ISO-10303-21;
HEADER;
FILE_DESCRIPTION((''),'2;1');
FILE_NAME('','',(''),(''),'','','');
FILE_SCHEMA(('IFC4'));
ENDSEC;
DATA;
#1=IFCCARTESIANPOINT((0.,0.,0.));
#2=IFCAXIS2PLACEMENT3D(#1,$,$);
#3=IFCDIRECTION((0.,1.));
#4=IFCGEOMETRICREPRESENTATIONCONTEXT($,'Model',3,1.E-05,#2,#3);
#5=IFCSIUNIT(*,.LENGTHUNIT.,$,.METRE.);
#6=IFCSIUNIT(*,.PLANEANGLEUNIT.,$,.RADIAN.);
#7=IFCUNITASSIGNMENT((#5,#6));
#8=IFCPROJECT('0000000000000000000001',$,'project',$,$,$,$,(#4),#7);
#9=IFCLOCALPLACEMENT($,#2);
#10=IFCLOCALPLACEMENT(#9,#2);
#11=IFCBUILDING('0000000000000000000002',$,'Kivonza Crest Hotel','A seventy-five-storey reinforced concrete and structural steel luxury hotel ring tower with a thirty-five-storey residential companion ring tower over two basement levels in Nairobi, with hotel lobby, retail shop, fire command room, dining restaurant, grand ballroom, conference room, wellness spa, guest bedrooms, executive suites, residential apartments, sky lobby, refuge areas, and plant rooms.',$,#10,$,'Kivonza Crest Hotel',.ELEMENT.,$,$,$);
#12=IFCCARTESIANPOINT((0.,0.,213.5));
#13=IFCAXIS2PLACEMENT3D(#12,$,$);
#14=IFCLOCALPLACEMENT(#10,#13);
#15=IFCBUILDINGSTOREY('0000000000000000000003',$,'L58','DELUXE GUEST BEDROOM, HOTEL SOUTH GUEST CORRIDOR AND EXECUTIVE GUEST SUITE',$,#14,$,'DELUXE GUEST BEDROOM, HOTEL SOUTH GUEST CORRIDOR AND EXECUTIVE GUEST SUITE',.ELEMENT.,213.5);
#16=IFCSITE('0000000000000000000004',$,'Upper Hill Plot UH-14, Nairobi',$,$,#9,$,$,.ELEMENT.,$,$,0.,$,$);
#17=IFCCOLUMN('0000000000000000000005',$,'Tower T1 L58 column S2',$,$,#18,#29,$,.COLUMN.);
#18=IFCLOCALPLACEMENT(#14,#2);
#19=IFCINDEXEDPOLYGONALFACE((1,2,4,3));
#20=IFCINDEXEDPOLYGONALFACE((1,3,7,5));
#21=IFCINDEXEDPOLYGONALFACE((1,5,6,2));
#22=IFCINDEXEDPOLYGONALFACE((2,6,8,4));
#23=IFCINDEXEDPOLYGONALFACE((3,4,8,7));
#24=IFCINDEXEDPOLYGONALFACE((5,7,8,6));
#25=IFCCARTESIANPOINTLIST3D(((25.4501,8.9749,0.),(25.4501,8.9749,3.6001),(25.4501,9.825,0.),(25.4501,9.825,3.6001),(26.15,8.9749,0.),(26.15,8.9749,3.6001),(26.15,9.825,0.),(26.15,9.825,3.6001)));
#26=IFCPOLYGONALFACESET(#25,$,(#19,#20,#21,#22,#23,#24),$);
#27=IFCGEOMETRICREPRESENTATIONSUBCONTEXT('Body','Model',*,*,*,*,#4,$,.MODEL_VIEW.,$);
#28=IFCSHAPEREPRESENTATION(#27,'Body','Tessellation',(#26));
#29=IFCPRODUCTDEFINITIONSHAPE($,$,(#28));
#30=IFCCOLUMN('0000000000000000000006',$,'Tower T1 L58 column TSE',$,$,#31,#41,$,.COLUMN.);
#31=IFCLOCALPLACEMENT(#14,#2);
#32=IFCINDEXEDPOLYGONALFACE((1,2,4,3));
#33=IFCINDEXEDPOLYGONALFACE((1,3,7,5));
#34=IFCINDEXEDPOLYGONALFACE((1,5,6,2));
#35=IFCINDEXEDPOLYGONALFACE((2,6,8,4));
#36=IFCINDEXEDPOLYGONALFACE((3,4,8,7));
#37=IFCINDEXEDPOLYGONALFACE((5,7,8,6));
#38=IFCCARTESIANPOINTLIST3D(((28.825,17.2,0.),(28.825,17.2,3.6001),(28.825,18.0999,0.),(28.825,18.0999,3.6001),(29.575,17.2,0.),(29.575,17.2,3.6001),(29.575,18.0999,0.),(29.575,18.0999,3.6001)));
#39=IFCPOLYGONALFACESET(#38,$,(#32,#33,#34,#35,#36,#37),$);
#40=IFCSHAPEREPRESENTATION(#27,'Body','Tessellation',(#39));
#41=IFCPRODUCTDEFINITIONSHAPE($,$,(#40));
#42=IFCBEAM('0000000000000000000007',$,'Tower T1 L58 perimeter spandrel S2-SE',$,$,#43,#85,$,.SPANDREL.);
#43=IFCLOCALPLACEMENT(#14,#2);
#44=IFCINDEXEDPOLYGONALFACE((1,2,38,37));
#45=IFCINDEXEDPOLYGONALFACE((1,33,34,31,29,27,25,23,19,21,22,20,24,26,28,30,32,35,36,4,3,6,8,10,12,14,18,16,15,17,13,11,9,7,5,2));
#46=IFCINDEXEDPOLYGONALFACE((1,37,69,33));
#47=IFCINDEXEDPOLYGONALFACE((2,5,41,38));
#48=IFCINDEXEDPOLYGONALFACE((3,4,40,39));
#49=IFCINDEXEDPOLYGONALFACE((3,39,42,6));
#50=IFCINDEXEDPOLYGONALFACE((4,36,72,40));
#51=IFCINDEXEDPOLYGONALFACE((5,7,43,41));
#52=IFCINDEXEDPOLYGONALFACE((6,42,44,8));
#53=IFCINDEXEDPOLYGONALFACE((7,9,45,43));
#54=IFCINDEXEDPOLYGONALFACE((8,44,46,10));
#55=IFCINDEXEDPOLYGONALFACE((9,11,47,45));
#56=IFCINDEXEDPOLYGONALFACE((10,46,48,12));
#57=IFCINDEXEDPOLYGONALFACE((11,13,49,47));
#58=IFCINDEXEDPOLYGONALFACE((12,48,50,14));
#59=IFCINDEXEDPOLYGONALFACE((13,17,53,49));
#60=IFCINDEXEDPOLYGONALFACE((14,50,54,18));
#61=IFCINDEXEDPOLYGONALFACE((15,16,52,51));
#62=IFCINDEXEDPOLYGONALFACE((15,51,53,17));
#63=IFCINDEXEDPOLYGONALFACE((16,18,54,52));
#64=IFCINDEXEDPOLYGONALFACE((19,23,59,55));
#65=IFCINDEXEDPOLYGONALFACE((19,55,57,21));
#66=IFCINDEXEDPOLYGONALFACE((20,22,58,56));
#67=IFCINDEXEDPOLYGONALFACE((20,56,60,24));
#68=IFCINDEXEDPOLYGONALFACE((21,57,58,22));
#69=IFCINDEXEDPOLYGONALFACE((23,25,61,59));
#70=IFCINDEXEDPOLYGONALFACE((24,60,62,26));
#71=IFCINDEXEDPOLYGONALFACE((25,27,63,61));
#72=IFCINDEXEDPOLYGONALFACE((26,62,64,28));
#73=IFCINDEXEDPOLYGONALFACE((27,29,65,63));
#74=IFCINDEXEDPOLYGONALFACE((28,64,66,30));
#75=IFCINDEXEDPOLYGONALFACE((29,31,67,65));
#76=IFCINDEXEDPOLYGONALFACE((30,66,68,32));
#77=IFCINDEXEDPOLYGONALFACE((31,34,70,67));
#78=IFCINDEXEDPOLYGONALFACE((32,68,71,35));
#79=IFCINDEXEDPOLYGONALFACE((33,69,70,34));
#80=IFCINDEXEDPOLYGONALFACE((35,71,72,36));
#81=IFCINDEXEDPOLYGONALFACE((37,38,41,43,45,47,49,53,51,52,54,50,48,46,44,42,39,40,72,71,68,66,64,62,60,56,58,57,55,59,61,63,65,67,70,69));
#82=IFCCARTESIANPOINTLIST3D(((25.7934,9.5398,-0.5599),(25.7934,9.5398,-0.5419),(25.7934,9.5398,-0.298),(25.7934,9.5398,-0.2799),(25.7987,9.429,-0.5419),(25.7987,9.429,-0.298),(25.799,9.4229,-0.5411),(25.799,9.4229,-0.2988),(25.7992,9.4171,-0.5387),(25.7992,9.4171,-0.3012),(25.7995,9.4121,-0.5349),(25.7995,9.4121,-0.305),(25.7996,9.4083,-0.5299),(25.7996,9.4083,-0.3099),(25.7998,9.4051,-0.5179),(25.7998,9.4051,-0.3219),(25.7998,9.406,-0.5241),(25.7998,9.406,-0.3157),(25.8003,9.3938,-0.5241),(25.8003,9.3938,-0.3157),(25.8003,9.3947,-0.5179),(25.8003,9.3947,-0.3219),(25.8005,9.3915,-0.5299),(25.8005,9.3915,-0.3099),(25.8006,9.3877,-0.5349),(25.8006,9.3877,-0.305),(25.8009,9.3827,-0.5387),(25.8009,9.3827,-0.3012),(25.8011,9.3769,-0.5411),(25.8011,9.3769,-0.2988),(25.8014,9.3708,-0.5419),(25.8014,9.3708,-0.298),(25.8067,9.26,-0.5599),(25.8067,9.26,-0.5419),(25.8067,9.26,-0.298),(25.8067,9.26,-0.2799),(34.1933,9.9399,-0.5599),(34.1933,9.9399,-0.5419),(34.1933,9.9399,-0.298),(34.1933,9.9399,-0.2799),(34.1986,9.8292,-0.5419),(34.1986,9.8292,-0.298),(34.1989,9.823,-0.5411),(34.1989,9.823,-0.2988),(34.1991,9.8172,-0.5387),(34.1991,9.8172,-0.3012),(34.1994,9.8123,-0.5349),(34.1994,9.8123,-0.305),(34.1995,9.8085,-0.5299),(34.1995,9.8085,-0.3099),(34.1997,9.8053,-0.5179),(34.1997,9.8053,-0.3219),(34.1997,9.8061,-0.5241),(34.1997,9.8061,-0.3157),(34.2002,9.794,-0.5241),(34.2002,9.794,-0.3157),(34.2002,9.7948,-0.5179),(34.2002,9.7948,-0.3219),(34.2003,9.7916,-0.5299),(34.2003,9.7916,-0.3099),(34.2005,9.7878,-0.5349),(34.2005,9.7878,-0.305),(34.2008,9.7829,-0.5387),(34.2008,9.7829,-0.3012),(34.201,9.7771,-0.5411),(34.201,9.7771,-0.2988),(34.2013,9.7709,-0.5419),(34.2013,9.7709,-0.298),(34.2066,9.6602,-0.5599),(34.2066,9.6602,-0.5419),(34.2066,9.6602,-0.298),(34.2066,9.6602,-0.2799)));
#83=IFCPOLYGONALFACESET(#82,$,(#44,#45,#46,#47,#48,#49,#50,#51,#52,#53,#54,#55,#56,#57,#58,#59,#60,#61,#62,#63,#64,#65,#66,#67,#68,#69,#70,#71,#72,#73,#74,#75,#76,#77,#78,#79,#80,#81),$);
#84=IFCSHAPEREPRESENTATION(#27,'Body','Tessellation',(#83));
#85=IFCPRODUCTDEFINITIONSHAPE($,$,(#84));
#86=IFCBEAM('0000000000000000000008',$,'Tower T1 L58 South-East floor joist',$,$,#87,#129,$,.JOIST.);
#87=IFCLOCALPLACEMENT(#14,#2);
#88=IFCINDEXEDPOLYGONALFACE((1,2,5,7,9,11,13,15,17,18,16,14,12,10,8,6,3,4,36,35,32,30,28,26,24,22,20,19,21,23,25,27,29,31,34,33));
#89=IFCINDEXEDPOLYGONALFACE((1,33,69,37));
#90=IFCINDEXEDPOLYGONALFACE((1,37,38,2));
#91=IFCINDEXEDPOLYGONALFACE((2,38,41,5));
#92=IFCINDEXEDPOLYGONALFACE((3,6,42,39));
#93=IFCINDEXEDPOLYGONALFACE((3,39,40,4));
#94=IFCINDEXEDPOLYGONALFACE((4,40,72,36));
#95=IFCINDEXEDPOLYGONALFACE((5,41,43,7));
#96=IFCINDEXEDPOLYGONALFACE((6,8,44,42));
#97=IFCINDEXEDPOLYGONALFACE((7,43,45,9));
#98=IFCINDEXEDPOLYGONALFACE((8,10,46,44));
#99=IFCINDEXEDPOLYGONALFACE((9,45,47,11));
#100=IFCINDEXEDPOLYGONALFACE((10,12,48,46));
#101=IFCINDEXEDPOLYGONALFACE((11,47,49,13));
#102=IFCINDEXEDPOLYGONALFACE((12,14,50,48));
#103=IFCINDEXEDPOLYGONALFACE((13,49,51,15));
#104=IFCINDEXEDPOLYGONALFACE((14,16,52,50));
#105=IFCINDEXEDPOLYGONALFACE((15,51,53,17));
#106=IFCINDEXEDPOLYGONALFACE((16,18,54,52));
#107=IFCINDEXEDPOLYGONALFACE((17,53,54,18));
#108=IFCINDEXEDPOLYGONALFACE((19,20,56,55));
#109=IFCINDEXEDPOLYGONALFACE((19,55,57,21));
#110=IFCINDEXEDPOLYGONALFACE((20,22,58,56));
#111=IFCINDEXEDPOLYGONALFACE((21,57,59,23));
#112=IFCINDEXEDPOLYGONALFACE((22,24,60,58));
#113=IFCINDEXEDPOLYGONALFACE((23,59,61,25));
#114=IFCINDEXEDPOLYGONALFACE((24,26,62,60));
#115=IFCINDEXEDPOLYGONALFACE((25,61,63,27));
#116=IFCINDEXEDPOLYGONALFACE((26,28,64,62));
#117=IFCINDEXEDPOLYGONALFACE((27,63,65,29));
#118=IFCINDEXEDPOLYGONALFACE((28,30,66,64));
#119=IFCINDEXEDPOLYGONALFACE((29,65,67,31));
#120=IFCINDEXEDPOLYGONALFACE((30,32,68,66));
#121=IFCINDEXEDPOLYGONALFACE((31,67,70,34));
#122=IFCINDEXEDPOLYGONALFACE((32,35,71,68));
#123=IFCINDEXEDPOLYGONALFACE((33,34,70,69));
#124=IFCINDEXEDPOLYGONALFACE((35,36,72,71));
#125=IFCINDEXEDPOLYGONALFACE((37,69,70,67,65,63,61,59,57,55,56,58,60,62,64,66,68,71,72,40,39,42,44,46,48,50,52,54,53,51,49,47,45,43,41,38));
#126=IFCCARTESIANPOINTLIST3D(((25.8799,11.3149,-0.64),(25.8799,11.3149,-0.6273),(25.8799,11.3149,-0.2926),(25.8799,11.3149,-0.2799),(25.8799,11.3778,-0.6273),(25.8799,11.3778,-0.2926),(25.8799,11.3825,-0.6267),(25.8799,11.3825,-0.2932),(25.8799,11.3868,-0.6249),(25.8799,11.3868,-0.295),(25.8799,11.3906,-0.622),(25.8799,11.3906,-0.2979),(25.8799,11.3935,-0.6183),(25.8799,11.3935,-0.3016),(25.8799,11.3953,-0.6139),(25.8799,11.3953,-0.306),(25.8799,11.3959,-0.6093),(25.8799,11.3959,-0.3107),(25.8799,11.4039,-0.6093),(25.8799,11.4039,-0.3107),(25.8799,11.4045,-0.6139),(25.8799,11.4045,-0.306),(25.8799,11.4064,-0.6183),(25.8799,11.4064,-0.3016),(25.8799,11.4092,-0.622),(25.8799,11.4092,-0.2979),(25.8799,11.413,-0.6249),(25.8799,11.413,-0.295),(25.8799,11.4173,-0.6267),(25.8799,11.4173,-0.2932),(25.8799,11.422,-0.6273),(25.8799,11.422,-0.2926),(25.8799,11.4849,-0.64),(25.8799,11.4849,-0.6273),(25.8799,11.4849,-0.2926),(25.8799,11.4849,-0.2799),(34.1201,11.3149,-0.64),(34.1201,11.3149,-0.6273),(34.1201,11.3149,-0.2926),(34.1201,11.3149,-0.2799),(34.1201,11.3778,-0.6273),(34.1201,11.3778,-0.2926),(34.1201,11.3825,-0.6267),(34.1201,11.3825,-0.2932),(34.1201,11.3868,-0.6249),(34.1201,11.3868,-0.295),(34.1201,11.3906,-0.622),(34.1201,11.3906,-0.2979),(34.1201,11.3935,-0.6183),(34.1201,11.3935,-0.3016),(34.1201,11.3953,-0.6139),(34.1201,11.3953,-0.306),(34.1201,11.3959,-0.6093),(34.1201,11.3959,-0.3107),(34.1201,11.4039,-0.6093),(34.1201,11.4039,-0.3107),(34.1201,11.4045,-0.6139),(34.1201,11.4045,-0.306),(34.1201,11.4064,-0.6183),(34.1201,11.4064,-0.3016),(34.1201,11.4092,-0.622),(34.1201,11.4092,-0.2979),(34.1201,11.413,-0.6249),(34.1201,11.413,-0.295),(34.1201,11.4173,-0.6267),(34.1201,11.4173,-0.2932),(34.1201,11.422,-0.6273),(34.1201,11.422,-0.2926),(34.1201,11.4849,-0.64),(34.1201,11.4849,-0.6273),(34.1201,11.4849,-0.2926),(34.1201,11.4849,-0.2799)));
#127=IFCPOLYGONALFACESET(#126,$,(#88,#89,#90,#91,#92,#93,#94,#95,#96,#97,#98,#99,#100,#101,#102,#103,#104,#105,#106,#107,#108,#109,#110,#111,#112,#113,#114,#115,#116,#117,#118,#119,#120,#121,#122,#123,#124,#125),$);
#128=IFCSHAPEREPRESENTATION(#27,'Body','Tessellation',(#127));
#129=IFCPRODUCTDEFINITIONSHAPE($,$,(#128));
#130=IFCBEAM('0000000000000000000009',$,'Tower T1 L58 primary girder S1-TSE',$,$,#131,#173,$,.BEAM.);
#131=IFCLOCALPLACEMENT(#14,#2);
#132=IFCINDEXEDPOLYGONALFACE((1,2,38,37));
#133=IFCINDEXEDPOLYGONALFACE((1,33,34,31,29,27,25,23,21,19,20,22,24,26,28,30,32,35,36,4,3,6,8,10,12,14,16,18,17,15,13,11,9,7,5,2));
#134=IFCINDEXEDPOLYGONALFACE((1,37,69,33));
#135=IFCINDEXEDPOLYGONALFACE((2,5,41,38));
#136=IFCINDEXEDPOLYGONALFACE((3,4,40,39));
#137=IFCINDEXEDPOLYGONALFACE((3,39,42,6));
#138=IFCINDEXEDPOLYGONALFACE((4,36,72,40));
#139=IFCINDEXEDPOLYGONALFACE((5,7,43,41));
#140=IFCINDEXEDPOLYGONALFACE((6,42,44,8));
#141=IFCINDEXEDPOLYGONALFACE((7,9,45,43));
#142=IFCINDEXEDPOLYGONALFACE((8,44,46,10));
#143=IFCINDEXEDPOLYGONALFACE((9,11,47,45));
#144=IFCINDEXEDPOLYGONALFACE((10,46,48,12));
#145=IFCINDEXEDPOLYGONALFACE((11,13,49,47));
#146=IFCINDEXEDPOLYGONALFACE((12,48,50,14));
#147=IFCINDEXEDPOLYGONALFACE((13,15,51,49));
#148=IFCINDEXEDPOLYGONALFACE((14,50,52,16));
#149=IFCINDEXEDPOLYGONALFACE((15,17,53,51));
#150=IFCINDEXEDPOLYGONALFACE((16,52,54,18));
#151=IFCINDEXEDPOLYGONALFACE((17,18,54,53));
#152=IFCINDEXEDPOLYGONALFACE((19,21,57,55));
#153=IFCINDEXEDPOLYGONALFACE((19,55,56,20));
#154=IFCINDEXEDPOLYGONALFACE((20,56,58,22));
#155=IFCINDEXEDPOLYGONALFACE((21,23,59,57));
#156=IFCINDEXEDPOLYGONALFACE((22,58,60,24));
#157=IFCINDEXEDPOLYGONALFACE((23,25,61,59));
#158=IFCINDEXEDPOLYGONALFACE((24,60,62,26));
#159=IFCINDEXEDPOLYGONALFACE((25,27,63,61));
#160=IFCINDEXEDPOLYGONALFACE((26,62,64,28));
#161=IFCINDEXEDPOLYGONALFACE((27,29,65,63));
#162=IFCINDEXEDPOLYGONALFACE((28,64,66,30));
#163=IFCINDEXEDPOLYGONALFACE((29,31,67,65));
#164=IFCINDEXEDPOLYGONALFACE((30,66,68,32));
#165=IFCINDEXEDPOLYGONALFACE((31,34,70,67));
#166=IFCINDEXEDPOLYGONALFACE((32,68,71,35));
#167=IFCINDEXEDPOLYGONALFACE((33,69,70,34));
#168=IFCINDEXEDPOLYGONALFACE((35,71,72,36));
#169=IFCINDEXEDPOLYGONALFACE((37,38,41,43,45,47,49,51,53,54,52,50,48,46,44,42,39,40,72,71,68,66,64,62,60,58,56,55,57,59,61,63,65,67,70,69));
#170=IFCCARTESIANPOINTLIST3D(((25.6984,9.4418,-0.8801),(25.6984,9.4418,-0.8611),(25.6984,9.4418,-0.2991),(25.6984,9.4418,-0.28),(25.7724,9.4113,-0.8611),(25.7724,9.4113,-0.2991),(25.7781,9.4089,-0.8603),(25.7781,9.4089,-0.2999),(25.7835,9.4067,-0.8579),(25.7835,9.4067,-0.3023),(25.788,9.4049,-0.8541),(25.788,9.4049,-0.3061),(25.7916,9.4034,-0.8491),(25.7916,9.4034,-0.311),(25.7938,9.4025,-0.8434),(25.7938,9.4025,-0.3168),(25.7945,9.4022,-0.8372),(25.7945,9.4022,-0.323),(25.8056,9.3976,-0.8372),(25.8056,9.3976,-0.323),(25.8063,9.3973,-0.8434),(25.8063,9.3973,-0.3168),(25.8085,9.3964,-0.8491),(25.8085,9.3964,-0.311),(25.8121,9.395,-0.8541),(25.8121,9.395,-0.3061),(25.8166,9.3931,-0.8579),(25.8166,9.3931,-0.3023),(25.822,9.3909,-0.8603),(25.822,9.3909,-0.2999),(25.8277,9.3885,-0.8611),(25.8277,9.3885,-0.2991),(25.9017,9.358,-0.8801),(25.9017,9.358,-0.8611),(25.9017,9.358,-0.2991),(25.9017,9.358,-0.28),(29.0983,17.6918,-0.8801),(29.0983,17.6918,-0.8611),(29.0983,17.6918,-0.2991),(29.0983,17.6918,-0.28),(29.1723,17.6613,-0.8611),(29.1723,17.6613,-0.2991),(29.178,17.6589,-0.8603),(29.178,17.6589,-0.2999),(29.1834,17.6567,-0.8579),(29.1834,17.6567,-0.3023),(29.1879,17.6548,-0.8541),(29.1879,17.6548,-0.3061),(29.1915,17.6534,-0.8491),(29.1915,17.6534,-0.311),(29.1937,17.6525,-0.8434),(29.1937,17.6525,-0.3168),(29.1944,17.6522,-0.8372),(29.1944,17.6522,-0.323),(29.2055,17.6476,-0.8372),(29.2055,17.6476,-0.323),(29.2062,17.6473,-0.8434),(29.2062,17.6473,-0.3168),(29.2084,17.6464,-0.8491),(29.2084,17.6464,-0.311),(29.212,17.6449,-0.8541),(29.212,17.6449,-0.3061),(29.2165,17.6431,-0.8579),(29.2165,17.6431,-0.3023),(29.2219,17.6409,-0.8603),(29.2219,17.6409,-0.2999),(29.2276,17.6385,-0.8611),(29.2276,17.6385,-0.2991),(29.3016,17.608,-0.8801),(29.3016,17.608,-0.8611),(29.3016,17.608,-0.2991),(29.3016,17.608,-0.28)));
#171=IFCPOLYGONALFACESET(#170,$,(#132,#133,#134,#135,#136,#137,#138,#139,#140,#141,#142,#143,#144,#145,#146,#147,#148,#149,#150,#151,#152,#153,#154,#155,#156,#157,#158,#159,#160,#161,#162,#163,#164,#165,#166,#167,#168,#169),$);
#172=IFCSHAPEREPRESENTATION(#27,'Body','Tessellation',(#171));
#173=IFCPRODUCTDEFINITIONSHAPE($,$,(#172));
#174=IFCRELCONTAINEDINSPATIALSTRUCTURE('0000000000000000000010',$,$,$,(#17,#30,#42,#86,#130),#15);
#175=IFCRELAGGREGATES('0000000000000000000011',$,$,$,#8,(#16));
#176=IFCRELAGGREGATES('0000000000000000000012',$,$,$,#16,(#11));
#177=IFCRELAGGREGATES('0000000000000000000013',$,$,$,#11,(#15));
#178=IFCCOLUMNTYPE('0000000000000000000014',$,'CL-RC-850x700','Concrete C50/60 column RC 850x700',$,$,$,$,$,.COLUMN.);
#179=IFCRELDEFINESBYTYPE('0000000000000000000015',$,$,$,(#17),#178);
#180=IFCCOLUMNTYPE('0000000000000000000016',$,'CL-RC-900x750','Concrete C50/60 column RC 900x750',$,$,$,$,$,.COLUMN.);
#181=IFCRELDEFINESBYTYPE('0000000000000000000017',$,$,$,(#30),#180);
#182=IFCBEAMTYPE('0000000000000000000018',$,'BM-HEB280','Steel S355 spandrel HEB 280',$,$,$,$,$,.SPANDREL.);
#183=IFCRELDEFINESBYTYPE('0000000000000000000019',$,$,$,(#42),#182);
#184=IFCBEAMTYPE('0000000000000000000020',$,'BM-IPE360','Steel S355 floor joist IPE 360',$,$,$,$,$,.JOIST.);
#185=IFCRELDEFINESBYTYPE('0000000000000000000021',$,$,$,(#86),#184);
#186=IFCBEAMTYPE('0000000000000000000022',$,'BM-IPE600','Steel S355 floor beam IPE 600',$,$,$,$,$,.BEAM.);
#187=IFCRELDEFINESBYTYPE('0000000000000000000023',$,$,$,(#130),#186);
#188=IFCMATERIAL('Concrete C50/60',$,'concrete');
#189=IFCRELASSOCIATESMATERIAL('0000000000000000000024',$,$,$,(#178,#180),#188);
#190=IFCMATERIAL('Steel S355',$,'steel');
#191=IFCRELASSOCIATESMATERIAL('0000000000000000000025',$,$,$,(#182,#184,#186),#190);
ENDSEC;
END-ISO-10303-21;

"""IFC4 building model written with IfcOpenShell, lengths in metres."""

from ifc_helpers import new_model, si_unit, direction, frame, origin, origin_2d, place, context, subcontext, project, spatial, rectangle, i_section, extrude, material, material_profile, profile_set, type_object, element, save


model = new_model("IFC4")

# Units and contexts
model_context = context("Model", 3, precision=1e-05, world=origin(), true_north=direction((0.0, 1.0)))
body_context = subcontext(model_context, "Body", "Model", "MODEL_VIEW")
ifc_project = project(units=[si_unit("LENGTHUNIT", "METRE"), si_unit("PLANEANGLEUNIT", "RADIAN")], contexts=[model_context])

# Site, building, storey
site_placement = place(None, origin())
site = spatial("IfcSite", under=ifc_project, at=site_placement, Name="Upper Hill Plot UH-14, Nairobi", CompositionType="ELEMENT", RefElevation=0.0)
building_placement = place(site_placement, origin())
building = spatial("IfcBuilding", under=site, at=building_placement, Name="Kivonza Crest Hotel", Description="A seventy-five-storey reinforced concrete and structural steel luxury hotel ring tower with a thirty-five-storey residential companion ring tower over two basement levels in Nairobi, with hotel lobby, retail shop, fire command room, dining restaurant, grand ballroom, conference room, wellness spa, guest bedrooms, executive suites, residential apartments, sky lobby, refuge areas, and plant rooms.", LongName="Kivonza Crest Hotel", CompositionType="ELEMENT")
storey_placement = place(building_placement, frame((0.0, 0.0, 213.5)))
storey = spatial("IfcBuildingStorey", under=building, at=storey_placement, Name="L58", Description="DELUXE GUEST BEDROOM, HOTEL SOUTH GUEST CORRIDOR AND EXECUTIVE GUEST SUITE", LongName="DELUXE GUEST BEDROOM, HOTEL SOUTH GUEST CORRIDOR AND EXECUTIVE GUEST SUITE", CompositionType="ELEMENT", Elevation=213.5)

# Columns
ifc_material_1 = material(Name="Concrete C50/60", Category="concrete")
ifc_material_profile_1 = material_profile(ifc_material_1, rectangle(XDim=0.7, YDim=0.8501, at=origin_2d()), Name="RC 850x700")
ifc_profile_set_1 = profile_set([ifc_material_profile_1], Name="Concrete C50/60")
column_type_1 = type_object("IfcColumnType", Name="CL-RC-850x700", Description="Concrete C50/60 column RC 850x700", PredefinedType="COLUMN", material=ifc_profile_set_1)
column_1_placement = place(storey_placement, frame((25.8, 9.3999, 0.0), z_axis=(0.0, 0.0, 1.0), x_axis=(1.0, 0.0, 0.0)))
element("IfcColumn", 1, at=column_1_placement, inside=storey, type_object=column_type_1, Name="Tower T1 L58 column S2", PredefinedType="COLUMN", context=body_context, shape_type="SweptSolid", body=[
    extrude(rectangle(XDim=0.7, YDim=0.8501, at=origin_2d()), origin(), (0.0, 0.0, 1.0), 3.6001),
])
ifc_material_profile_2 = material_profile(ifc_material_1, rectangle(XDim=0.75, YDim=0.8999, at=origin_2d()), Name="RC 900x750")
ifc_profile_set_2 = profile_set([ifc_material_profile_2], Name="Concrete C50/60")
column_type_2 = type_object("IfcColumnType", Name="CL-RC-900x750", Description="Concrete C50/60 column RC 900x750", PredefinedType="COLUMN", material=ifc_profile_set_2)
column_2_placement = place(storey_placement, frame((29.2, 17.6499, 0.0), z_axis=(0.0, 0.0, 1.0), x_axis=(1.0, 0.0, 0.0)))
element("IfcColumn", 2, at=column_2_placement, inside=storey, type_object=column_type_2, Name="Tower T1 L58 column TSE", PredefinedType="COLUMN", context=body_context, shape_type="SweptSolid", body=[
    extrude(rectangle(XDim=0.75, YDim=0.8999, at=origin_2d()), origin(), (0.0, 0.0, 1.0), 3.6001),
])

# Beams
ifc_material_2 = material(Name="Steel S355", Category="steel")
ifc_material_profile_3 = material_profile(ifc_material_2, i_section(OverallWidth=0.28, OverallDepth=0.28, WebThickness=0.0105, FlangeThickness=0.0181, FilletRadius=0.0239, at=origin_2d()), Name="HEB 280")
ifc_profile_set_3 = profile_set([ifc_material_profile_3], Name="Steel S355")
beam_type_1 = type_object("IfcBeamType", Name="BM-HEB280", Description="Steel S355 spandrel HEB 280", PredefinedType="SPANDREL", material=ifc_profile_set_3)
beam_1_placement = place(storey_placement, frame((25.8, 9.3999, -0.4199), z_axis=(0.998867, 0.047583, 0.0), x_axis=(-0.047583, 0.998867, 0.0)))
element("IfcBeam", 3, at=beam_1_placement, inside=storey, type_object=beam_type_1, Name="Tower T1 L58 perimeter spandrel S2-SE", PredefinedType="SPANDREL", context=body_context, shape_type="SweptSolid", body=[
    extrude(i_section(OverallWidth=0.28, OverallDepth=0.28, WebThickness=0.0105, FlangeThickness=0.0181, FilletRadius=0.0239, at=origin_2d()), origin(), (0.0, 0.0, 1.0), 8.4094),
])
ifc_material_profile_4 = material_profile(ifc_material_2, i_section(OverallWidth=0.1699, OverallDepth=0.3601, WebThickness=0.0081, FlangeThickness=0.0127, FilletRadius=0.0181, at=origin_2d()), Name="IPE 360")
ifc_profile_set_4 = profile_set([ifc_material_profile_4], Name="Steel S355")
beam_type_2 = type_object("IfcBeamType", Name="BM-IPE360", Description="Steel S355 floor joist IPE 360", PredefinedType="JOIST", material=ifc_profile_set_4)
beam_2_placement = place(storey_placement, frame((25.8799, 11.3999, -0.46), z_axis=(1.0, 0.0, 0.0), x_axis=(0.0, 1.0, 0.0)))
element("IfcBeam", 4, at=beam_2_placement, inside=storey, type_object=beam_type_2, Name="Tower T1 L58 South-East floor joist", PredefinedType="JOIST", context=body_context, shape_type="SweptSolid", body=[
    extrude(i_section(OverallWidth=0.1699, OverallDepth=0.3601, WebThickness=0.0081, FlangeThickness=0.0127, FilletRadius=0.0181, at=origin_2d()), origin(), (0.0, 0.0, 1.0), 8.2402),
])
ifc_material_profile_5 = material_profile(ifc_material_2, i_section(OverallWidth=0.22, OverallDepth=0.6001, WebThickness=0.012, FlangeThickness=0.019, FilletRadius=0.0239, at=origin_2d()), Name="IPE 600")
ifc_profile_set_5 = profile_set([ifc_material_profile_5], Name="Steel S355")
beam_type_3 = type_object("IfcBeamType", Name="BM-IPE600", Description="Steel S355 floor beam IPE 600", PredefinedType="BEAM", material=ifc_profile_set_5)
beam_3_placement = place(storey_placement, frame((25.8, 9.3999, -0.5801), z_axis=(0.381022, 0.924566, 0.0), x_axis=(-0.924566, 0.381022, 0.0)))
element("IfcBeam", 5, at=beam_3_placement, inside=storey, type_object=beam_type_3, Name="Tower T1 L58 primary girder S1-TSE", PredefinedType="BEAM", context=body_context, shape_type="SweptSolid", body=[
    extrude(i_section(OverallWidth=0.22, OverallDepth=0.6001, WebThickness=0.012, FlangeThickness=0.019, FilletRadius=0.0239, at=origin_2d()), origin(), (0.0, 0.0, 1.0), 8.9231),
])

save(model, "model.ifc")
